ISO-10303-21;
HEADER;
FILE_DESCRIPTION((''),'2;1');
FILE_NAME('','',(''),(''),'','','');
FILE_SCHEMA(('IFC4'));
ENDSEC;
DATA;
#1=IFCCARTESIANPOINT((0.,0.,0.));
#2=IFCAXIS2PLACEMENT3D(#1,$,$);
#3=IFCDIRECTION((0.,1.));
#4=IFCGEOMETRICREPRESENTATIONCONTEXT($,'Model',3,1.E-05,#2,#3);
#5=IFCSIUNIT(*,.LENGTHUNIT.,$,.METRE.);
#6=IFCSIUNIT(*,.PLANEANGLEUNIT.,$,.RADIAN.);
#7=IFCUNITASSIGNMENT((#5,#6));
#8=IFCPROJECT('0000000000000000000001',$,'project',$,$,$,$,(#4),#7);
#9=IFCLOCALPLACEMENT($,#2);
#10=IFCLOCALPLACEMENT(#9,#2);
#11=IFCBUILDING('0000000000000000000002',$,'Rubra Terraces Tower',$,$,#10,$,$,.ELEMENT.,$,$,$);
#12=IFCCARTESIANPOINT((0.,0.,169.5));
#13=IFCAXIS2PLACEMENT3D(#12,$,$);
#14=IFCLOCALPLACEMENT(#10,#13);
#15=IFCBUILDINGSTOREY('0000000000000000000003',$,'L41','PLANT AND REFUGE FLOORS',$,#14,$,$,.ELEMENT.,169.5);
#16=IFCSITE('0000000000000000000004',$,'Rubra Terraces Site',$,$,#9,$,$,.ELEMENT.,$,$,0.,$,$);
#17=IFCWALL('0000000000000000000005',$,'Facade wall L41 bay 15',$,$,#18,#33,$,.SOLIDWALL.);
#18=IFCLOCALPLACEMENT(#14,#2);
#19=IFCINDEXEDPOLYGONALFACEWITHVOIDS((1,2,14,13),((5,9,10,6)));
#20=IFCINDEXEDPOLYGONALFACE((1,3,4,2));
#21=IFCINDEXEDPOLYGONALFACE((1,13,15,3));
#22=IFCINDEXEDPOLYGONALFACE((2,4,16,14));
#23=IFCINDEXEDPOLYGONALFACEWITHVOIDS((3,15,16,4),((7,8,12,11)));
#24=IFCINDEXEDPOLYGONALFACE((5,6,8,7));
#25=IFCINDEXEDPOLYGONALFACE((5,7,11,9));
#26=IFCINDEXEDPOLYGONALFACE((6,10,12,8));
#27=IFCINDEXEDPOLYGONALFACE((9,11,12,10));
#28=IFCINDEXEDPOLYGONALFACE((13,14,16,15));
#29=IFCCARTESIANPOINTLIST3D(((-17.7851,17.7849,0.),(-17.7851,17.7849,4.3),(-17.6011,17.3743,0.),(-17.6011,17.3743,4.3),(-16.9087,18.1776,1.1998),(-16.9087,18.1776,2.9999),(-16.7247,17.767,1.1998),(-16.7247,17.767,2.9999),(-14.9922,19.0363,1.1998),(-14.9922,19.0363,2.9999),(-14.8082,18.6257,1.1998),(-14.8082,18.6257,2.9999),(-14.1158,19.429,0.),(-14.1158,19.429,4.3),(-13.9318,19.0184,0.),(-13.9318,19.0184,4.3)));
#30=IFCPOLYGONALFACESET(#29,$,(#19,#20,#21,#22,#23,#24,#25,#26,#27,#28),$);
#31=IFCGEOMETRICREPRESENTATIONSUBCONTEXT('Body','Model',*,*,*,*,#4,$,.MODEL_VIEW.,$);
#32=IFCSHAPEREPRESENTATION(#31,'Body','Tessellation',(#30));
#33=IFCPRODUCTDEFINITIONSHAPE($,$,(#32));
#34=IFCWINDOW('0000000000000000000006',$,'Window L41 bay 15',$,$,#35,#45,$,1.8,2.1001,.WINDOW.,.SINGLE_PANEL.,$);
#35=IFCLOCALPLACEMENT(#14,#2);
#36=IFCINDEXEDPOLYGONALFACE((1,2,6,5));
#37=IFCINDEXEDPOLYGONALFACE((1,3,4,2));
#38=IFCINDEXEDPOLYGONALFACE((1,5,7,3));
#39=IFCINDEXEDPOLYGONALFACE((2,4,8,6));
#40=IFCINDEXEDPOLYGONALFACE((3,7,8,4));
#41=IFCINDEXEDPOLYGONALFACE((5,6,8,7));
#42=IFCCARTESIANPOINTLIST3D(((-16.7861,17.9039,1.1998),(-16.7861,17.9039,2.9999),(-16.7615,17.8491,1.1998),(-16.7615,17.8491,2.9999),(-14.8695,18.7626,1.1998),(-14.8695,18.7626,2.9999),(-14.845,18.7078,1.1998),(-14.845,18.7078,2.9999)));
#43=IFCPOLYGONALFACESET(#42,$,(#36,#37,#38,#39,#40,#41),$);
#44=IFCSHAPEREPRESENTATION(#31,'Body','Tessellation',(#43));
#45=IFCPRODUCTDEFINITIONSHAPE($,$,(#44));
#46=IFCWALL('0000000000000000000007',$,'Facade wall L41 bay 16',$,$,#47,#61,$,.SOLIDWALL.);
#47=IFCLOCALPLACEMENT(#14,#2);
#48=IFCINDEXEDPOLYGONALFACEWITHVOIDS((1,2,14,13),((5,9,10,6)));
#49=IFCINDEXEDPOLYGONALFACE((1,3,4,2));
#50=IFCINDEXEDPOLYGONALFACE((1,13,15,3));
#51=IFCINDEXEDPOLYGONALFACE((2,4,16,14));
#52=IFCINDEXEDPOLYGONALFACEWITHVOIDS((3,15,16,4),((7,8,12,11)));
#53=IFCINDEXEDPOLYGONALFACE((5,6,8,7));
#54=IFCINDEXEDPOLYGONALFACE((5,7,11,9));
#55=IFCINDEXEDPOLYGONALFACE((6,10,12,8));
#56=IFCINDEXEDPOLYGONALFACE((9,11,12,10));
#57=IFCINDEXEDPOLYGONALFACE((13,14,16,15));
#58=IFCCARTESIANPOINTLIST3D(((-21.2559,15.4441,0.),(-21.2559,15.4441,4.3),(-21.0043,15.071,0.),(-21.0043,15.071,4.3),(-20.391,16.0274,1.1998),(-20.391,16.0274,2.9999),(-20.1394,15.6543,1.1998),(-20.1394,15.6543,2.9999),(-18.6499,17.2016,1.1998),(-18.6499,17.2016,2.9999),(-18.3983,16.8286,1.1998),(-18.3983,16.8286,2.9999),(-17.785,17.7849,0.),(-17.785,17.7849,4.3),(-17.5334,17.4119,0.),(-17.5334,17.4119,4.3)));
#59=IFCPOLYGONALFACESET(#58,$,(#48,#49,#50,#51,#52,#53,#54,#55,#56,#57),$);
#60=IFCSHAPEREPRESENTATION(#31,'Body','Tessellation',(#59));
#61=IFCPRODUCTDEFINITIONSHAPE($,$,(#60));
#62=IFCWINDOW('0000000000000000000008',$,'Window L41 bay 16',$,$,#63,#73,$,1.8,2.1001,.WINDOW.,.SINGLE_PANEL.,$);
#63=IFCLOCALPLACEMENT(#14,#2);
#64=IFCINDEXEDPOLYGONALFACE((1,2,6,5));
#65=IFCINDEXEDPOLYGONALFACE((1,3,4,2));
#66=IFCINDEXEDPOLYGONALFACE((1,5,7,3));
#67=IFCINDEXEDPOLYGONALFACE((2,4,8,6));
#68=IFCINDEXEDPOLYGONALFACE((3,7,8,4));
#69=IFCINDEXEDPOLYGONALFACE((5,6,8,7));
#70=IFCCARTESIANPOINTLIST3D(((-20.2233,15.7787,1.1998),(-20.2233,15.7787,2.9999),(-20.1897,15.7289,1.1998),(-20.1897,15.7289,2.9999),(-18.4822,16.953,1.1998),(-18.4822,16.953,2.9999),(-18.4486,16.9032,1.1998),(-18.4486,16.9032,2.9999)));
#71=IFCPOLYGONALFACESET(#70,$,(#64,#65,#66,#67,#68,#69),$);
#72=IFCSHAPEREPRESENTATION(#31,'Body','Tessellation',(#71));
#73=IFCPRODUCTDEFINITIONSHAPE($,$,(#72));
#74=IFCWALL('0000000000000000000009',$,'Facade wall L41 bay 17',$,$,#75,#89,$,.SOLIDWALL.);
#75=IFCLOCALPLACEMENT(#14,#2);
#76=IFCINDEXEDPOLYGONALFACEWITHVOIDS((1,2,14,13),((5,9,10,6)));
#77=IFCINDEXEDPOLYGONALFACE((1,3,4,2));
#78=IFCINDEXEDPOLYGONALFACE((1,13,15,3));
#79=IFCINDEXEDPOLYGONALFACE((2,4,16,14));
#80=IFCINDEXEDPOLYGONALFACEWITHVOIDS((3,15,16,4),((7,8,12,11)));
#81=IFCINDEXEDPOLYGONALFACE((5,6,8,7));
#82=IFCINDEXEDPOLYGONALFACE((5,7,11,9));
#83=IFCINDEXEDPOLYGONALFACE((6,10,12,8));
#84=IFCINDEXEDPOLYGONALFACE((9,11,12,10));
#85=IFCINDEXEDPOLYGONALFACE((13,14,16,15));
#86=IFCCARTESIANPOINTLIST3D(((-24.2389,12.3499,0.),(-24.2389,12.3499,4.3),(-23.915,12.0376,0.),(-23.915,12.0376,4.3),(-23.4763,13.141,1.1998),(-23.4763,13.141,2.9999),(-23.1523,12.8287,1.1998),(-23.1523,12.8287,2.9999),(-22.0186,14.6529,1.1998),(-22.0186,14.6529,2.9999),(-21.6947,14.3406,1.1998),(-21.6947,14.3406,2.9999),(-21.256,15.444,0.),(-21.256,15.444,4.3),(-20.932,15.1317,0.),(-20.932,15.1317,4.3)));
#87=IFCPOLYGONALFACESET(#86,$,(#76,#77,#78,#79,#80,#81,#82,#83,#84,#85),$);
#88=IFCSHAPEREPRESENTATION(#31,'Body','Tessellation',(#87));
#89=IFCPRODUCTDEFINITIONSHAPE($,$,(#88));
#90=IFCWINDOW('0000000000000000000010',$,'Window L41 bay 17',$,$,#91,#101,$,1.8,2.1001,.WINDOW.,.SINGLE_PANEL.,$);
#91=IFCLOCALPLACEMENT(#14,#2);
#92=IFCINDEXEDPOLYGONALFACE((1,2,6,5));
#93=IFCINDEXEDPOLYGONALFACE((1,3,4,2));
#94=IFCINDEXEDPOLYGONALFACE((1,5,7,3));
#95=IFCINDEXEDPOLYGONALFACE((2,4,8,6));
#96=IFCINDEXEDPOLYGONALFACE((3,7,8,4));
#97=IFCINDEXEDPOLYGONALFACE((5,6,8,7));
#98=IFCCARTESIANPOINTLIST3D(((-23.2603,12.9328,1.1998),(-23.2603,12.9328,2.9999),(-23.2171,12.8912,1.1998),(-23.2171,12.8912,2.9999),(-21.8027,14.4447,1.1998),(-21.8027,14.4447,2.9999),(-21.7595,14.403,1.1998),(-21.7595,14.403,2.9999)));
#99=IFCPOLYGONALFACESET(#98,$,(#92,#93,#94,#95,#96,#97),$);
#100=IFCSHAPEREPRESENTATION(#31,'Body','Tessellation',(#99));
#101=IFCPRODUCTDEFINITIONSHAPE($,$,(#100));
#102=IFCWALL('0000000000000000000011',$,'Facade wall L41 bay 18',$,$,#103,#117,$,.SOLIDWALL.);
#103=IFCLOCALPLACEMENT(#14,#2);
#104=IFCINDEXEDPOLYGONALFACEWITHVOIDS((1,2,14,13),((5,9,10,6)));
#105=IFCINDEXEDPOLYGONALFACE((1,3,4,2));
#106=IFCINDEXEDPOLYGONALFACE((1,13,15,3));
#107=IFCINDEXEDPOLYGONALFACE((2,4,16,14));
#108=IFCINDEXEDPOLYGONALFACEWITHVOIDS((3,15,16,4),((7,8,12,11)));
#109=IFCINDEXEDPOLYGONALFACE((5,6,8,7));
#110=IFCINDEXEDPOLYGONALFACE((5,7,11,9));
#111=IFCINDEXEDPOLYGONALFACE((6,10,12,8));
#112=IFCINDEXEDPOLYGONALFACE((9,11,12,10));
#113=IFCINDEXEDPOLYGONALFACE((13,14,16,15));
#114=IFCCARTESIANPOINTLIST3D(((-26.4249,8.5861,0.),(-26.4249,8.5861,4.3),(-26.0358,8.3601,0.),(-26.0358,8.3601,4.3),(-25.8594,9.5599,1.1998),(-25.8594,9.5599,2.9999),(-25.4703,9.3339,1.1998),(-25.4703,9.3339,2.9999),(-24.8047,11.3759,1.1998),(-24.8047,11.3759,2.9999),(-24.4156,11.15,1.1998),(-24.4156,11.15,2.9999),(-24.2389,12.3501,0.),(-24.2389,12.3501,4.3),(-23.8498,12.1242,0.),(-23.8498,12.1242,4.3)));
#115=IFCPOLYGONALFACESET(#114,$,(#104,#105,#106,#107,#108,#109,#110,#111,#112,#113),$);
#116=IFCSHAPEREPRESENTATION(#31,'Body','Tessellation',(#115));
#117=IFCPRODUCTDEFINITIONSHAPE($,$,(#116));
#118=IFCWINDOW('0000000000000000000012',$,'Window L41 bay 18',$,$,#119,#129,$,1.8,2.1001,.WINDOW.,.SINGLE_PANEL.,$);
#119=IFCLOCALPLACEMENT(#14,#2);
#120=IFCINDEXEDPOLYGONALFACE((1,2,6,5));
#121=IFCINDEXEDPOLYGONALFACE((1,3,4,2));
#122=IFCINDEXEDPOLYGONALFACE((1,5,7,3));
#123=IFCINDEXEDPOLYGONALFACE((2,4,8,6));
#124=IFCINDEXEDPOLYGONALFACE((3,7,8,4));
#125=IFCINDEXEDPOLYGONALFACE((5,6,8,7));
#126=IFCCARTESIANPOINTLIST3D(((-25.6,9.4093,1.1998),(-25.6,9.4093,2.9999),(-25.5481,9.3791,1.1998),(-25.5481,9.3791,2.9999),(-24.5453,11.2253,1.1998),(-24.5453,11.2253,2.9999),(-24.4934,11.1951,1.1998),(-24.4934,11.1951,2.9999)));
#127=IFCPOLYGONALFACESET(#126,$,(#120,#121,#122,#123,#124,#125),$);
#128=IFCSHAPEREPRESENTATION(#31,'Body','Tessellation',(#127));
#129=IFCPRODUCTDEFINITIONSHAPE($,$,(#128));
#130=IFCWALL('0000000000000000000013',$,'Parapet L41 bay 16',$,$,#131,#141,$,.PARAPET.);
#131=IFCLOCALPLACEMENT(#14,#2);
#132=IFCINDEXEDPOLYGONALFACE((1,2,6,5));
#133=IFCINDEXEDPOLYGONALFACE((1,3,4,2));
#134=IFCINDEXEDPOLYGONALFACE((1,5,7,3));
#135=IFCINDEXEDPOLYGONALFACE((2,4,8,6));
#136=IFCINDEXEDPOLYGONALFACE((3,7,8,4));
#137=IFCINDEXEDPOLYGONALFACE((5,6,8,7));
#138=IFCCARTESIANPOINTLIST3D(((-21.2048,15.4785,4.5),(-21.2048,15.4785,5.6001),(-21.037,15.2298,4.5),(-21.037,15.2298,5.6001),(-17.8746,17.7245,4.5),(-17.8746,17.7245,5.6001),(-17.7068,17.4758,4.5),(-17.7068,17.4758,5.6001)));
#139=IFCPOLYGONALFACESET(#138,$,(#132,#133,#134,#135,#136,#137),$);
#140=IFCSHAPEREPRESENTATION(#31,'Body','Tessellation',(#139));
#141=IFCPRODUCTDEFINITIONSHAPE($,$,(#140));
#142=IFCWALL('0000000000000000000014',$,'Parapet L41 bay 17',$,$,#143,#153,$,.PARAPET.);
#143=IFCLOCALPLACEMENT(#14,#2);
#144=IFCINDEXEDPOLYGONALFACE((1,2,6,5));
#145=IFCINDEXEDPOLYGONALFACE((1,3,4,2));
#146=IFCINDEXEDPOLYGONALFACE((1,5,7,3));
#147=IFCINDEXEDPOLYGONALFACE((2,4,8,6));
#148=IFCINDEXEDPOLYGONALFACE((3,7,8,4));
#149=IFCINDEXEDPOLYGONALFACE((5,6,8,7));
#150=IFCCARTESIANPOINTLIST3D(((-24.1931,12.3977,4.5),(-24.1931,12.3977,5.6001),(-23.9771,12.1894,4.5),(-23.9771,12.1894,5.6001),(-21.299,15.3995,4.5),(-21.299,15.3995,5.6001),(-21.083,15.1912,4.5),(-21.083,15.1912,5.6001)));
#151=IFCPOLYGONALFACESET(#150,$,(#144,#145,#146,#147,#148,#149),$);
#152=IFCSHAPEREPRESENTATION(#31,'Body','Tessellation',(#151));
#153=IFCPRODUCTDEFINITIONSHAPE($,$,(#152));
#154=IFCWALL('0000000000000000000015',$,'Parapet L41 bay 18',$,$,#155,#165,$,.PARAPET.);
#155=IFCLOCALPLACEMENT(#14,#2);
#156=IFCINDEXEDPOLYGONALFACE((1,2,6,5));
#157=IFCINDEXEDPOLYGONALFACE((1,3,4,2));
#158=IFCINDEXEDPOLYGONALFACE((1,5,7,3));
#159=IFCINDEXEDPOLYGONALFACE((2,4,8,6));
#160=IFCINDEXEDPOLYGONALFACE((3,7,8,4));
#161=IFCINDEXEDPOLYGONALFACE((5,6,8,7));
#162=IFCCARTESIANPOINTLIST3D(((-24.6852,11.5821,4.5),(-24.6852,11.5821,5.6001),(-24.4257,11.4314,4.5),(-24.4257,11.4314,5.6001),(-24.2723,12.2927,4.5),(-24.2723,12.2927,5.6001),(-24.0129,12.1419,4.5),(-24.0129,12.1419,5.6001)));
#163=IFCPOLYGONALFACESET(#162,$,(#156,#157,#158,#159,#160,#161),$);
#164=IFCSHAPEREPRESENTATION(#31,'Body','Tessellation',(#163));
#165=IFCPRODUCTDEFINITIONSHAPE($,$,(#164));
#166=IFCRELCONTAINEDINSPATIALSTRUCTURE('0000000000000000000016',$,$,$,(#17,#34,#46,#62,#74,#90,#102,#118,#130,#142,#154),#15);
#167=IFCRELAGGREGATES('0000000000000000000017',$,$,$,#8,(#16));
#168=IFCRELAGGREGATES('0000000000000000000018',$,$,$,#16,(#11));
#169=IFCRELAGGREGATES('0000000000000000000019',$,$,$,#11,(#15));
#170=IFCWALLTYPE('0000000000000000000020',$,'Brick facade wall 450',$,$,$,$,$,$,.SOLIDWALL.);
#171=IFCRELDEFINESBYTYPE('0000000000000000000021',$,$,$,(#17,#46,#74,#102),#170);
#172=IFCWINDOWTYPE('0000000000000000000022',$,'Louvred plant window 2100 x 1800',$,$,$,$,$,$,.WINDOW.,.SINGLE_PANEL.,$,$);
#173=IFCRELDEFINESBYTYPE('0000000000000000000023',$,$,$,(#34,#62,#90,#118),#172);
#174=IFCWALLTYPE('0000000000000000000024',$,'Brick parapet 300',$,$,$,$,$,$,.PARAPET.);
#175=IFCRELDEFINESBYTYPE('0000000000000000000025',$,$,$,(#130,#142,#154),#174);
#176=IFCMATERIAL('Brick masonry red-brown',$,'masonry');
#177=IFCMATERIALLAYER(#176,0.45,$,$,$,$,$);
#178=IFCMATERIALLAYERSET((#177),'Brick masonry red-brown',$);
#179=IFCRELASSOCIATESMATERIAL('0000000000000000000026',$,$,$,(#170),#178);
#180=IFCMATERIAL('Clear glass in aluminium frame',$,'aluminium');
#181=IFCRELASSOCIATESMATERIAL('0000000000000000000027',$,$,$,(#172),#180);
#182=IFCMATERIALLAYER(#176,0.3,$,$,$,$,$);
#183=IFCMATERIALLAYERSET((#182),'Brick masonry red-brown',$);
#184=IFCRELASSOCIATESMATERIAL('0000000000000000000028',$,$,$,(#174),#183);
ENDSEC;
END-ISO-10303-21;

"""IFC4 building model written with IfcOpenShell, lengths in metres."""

from ifc_helpers import new_model, si_unit, direction, frame, frame_2d, origin, place, context, subcontext, project, spatial, rectangle, extrude, material, layer, layer_set, type_object, element, fill, save


model = new_model("IFC4")

# Units and contexts
model_context = context("Model", 3, precision=1e-05, world=origin(), true_north=direction((0.0, 1.0)))
body_context = subcontext(model_context, "Body", "Model", "MODEL_VIEW")
ifc_project = project(units=[si_unit("LENGTHUNIT", "METRE"), si_unit("PLANEANGLEUNIT", "RADIAN")], contexts=[model_context])

# Site, building, storey
site_placement = place(None, origin())
site = spatial("IfcSite", under=ifc_project, at=site_placement, Name="Rubra Terraces Site", CompositionType="ELEMENT", RefElevation=0.0)
building_placement = place(site_placement, origin())
building = spatial("IfcBuilding", under=site, at=building_placement, Name="Rubra Terraces Tower", CompositionType="ELEMENT")
storey_placement = place(building_placement, frame((0.0, 0.0, 169.5)))
storey = spatial("IfcBuildingStorey", under=building, at=storey_placement, Name="L41", Description="PLANT AND REFUGE FLOORS", CompositionType="ELEMENT", Elevation=169.5)

# Walls, openings, windows
ifc_material_1 = material(Name="Brick masonry red-brown", Category="masonry")
ifc_layer_1 = layer(ifc_material_1, 0.45)
ifc_layer_set_1 = layer_set([ifc_layer_1], Name="Brick masonry red-brown")
wall_type_1 = type_object("IfcWallType", Name="Brick facade wall 450", PredefinedType="SOLIDWALL", material=ifc_layer_set_1)
wall_1_placement = place(storey_placement, frame((-14.0239, 19.2236, 0.0), z_axis=(0.0, 0.0, 1.0), x_axis=(-0.91258, -0.408897, 0.0)))
wall_1 = element("IfcWall", 1, at=wall_1_placement, inside=storey, type_object=wall_type_1, Name="Facade wall L41 bay 15", PredefinedType="SOLIDWALL", context=body_context, shape_type="SweptSolid", body=[
    extrude(rectangle(XDim=4.0208, YDim=0.45, at=frame_2d((2.0103, 0.0))), origin(), (0.0, 0.0, 1.0), 4.3),
])
opening_1_placement = place(wall_1_placement, frame((0.9602, 0.0, 1.2)))
opening_1 = element("IfcOpeningElement", 2, at=opening_1_placement, cuts=wall_1, PredefinedType="OPENING", context=body_context, shape_type="SweptSolid", body=[
    extrude(rectangle(XDim=2.1001, YDim=1.8, at=frame_2d((1.05, 0.8999))), frame((0.0, 0.2349, 0.0), z_axis=(0.0, -1.0, 0.0), x_axis=(1.0, 0.0, 0.0)), (0.0, 0.0, 1.0), 0.47),
])
ifc_material_2 = material(Name="Clear glass in aluminium frame", Category="aluminium")
window_type = type_object("IfcWindowType", Name="Louvred plant window 2100 x 1800", PartitioningType="SINGLE_PANEL", PredefinedType="WINDOW", material=ifc_material_2)
window_1_placement = place(opening_1_placement, origin())
window_1 = element("IfcWindow", 3, at=window_1_placement, inside=storey, type_object=window_type, Name="Window L41 bay 15", OverallHeight=1.8, OverallWidth=2.1001, PartitioningType="SINGLE_PANEL", PredefinedType="WINDOW", context=body_context, shape_type="SweptSolid", body=[
    extrude(rectangle(XDim=2.1001, YDim=1.8, at=frame_2d((1.05, 0.8999))), frame((0.0, 0.135, 0.0), z_axis=(0.0, -1.0, 0.0), x_axis=(1.0, 0.0, 0.0)), (0.0, 0.0, 1.0), 0.0601),
])
fill(opening_1, window_1)
wall_2_placement = place(storey_placement, frame((-17.6592, 17.5984, 0.0), z_axis=(0.0, 0.0, 1.0), x_axis=(-0.829078, -0.559133, 0.0)))
wall_2 = element("IfcWall", 4, at=wall_2_placement, inside=storey, type_object=wall_type_1, Name="Facade wall L41 bay 16", PredefinedType="SOLIDWALL", context=body_context, shape_type="SweptSolid", body=[
    extrude(rectangle(XDim=4.1865, YDim=0.45, at=frame_2d((2.0933, 0.0))), origin(), (0.0, 0.0, 1.0), 4.3),
])
opening_2_placement = place(wall_2_placement, frame((1.0432, 0.0, 1.2)))
opening_2 = element("IfcOpeningElement", 5, at=opening_2_placement, cuts=wall_2, PredefinedType="OPENING", context=body_context, shape_type="SweptSolid", body=[
    extrude(rectangle(XDim=2.1001, YDim=1.8, at=frame_2d((1.05, 0.8999))), frame((0.0, 0.2349, 0.0), z_axis=(0.0, -1.0, 0.0), x_axis=(1.0, 0.0, 0.0)), (0.0, 0.0, 1.0), 0.47),
])
window_2_placement = place(opening_2_placement, origin())
window_2 = element("IfcWindow", 6, at=window_2_placement, inside=storey, type_object=window_type, Name="Window L41 bay 16", OverallHeight=1.8, OverallWidth=2.1001, PartitioningType="SINGLE_PANEL", PredefinedType="WINDOW", context=body_context, shape_type="SweptSolid", body=[
    extrude(rectangle(XDim=2.1001, YDim=1.8, at=frame_2d((1.05, 0.8999))), frame((0.0, 0.135, 0.0), z_axis=(0.0, -1.0, 0.0), x_axis=(1.0, 0.0, 0.0)), (0.0, 0.0, 1.0), 0.0601),
])
fill(opening_2, window_2)
wall_3_placement = place(storey_placement, frame((-21.094, 15.2878, 0.0), z_axis=(0.0, 0.0, 1.0), x_axis=(-0.694065, -0.719912, 0.0)))
wall_3 = element("IfcWall", 7, at=wall_3_placement, inside=storey, type_object=wall_type_1, Name="Facade wall L41 bay 17", PredefinedType="SOLIDWALL", context=body_context, shape_type="SweptSolid", body=[
    extrude(rectangle(XDim=4.2979, YDim=0.45, at=frame_2d((2.1489, 0.0))), origin(), (0.0, 0.0, 1.0), 4.3),
])
opening_3_placement = place(wall_3_placement, frame((1.0989, 0.0, 1.2)))
opening_3 = element("IfcOpeningElement", 8, at=opening_3_placement, cuts=wall_3, PredefinedType="OPENING", context=body_context, shape_type="SweptSolid", body=[
    extrude(rectangle(XDim=2.1001, YDim=1.8, at=frame_2d((1.05, 0.8999))), frame((0.0, 0.2349, 0.0), z_axis=(0.0, -1.0, 0.0), x_axis=(1.0, 0.0, 0.0)), (0.0, 0.0, 1.0), 0.47),
])
window_3_placement = place(opening_3_placement, origin())
window_3 = element("IfcWindow", 9, at=window_3_placement, inside=storey, type_object=window_type, Name="Window L41 bay 17", OverallHeight=1.8, OverallWidth=2.1001, PartitioningType="SINGLE_PANEL", PredefinedType="WINDOW", context=body_context, shape_type="SweptSolid", body=[
    extrude(rectangle(XDim=2.1001, YDim=1.8, at=frame_2d((1.05, 0.8999))), frame((0.0, 0.135, 0.0), z_axis=(0.0, -1.0, 0.0), x_axis=(1.0, 0.0, 0.0)), (0.0, 0.0, 1.0), 0.0601),
])
fill(opening_3, window_3)
wall_4_placement = place(storey_placement, frame((-24.0444, 12.2371, 0.0), z_axis=(0.0, 0.0, 1.0), x_axis=(-0.502203, -0.86475, 0.0)))
wall_4 = element("IfcWall", 10, at=wall_4_placement, inside=storey, type_object=wall_type_1, Name="Facade wall L41 bay 18", PredefinedType="SOLIDWALL", context=body_context, shape_type="SweptSolid", body=[
    extrude(rectangle(XDim=4.3528, YDim=0.45, at=frame_2d((2.1763, 0.0))), origin(), (0.0, 0.0, 1.0), 4.3),
])
opening_4_placement = place(wall_4_placement, frame((1.1265, 0.0, 1.2)))
opening_4 = element("IfcOpeningElement", 11, at=opening_4_placement, cuts=wall_4, PredefinedType="OPENING", context=body_context, shape_type="SweptSolid", body=[
    extrude(rectangle(XDim=2.1001, YDim=1.8, at=frame_2d((1.05, 0.8999))), frame((0.0, 0.2349, 0.0), z_axis=(0.0, -1.0, 0.0), x_axis=(1.0, 0.0, 0.0)), (0.0, 0.0, 1.0), 0.47),
])
window_4_placement = place(opening_4_placement, origin())
window_4 = element("IfcWindow", 12, at=window_4_placement, inside=storey, type_object=window_type, Name="Window L41 bay 18", OverallHeight=1.8, OverallWidth=2.1001, PartitioningType="SINGLE_PANEL", PredefinedType="WINDOW", context=body_context, shape_type="SweptSolid", body=[
    extrude(rectangle(XDim=2.1001, YDim=1.8, at=frame_2d((1.05, 0.8999))), frame((0.0, 0.135, 0.0), z_axis=(0.0, -1.0, 0.0), x_axis=(1.0, 0.0, 0.0)), (0.0, 0.0, 1.0), 0.0601),
])
fill(opening_4, window_4)

# Walls
ifc_layer_2 = layer(ifc_material_1, 0.3)
ifc_layer_set_2 = layer_set([ifc_layer_2], Name="Brick masonry red-brown")
wall_type_2 = type_object("IfcWallType", Name="Brick parapet 300", PredefinedType="PARAPET", material=ifc_layer_set_2)
wall_5_placement = place(storey_placement, frame((-17.7908, 17.6001, 4.5), z_axis=(0.0, 0.0, 1.0), x_axis=(-0.829065, -0.559152, 0.0)))
element("IfcWall", 13, at=wall_5_placement, inside=storey, type_object=wall_type_2, Name="Parapet L41 bay 16", PredefinedType="PARAPET", context=body_context, shape_type="SweptSolid", body=[
    extrude(rectangle(XDim=4.0168, YDim=0.3, at=frame_2d((2.0083, 0.0))), origin(), (0.0, 0.0, 1.0), 1.1001),
])
wall_6_placement = place(storey_placement, frame((-21.1909, 15.2954, 4.5), z_axis=(0.0, 0.0, 1.0), x_axis=(-0.694078, -0.7199, 0.0)))
element("IfcWall", 14, at=wall_6_placement, inside=storey, type_object=wall_type_2, Name="Parapet L41 bay 17", PredefinedType="PARAPET", context=body_context, shape_type="SweptSolid", body=[
    extrude(rectangle(XDim=4.1697, YDim=0.3, at=frame_2d((2.085, 0.0))), origin(), (0.0, 0.0, 1.0), 1.1001),
])
wall_7_placement = place(storey_placement, frame((-24.1426, 12.2173, 4.5), z_axis=(0.0, 0.0, 1.0), x_axis=(-0.502429, -0.864618, 0.0)))
element("IfcWall", 15, at=wall_7_placement, inside=storey, type_object=wall_type_2, Name="Parapet L41 bay 18", PredefinedType="PARAPET", context=body_context, shape_type="SweptSolid", body=[
    extrude(rectangle(XDim=0.8218, YDim=0.3, at=frame_2d((0.4109, 0.0))), origin(), (0.0, 0.0, 1.0), 1.1001),
])

save(model, "model.ifc")
